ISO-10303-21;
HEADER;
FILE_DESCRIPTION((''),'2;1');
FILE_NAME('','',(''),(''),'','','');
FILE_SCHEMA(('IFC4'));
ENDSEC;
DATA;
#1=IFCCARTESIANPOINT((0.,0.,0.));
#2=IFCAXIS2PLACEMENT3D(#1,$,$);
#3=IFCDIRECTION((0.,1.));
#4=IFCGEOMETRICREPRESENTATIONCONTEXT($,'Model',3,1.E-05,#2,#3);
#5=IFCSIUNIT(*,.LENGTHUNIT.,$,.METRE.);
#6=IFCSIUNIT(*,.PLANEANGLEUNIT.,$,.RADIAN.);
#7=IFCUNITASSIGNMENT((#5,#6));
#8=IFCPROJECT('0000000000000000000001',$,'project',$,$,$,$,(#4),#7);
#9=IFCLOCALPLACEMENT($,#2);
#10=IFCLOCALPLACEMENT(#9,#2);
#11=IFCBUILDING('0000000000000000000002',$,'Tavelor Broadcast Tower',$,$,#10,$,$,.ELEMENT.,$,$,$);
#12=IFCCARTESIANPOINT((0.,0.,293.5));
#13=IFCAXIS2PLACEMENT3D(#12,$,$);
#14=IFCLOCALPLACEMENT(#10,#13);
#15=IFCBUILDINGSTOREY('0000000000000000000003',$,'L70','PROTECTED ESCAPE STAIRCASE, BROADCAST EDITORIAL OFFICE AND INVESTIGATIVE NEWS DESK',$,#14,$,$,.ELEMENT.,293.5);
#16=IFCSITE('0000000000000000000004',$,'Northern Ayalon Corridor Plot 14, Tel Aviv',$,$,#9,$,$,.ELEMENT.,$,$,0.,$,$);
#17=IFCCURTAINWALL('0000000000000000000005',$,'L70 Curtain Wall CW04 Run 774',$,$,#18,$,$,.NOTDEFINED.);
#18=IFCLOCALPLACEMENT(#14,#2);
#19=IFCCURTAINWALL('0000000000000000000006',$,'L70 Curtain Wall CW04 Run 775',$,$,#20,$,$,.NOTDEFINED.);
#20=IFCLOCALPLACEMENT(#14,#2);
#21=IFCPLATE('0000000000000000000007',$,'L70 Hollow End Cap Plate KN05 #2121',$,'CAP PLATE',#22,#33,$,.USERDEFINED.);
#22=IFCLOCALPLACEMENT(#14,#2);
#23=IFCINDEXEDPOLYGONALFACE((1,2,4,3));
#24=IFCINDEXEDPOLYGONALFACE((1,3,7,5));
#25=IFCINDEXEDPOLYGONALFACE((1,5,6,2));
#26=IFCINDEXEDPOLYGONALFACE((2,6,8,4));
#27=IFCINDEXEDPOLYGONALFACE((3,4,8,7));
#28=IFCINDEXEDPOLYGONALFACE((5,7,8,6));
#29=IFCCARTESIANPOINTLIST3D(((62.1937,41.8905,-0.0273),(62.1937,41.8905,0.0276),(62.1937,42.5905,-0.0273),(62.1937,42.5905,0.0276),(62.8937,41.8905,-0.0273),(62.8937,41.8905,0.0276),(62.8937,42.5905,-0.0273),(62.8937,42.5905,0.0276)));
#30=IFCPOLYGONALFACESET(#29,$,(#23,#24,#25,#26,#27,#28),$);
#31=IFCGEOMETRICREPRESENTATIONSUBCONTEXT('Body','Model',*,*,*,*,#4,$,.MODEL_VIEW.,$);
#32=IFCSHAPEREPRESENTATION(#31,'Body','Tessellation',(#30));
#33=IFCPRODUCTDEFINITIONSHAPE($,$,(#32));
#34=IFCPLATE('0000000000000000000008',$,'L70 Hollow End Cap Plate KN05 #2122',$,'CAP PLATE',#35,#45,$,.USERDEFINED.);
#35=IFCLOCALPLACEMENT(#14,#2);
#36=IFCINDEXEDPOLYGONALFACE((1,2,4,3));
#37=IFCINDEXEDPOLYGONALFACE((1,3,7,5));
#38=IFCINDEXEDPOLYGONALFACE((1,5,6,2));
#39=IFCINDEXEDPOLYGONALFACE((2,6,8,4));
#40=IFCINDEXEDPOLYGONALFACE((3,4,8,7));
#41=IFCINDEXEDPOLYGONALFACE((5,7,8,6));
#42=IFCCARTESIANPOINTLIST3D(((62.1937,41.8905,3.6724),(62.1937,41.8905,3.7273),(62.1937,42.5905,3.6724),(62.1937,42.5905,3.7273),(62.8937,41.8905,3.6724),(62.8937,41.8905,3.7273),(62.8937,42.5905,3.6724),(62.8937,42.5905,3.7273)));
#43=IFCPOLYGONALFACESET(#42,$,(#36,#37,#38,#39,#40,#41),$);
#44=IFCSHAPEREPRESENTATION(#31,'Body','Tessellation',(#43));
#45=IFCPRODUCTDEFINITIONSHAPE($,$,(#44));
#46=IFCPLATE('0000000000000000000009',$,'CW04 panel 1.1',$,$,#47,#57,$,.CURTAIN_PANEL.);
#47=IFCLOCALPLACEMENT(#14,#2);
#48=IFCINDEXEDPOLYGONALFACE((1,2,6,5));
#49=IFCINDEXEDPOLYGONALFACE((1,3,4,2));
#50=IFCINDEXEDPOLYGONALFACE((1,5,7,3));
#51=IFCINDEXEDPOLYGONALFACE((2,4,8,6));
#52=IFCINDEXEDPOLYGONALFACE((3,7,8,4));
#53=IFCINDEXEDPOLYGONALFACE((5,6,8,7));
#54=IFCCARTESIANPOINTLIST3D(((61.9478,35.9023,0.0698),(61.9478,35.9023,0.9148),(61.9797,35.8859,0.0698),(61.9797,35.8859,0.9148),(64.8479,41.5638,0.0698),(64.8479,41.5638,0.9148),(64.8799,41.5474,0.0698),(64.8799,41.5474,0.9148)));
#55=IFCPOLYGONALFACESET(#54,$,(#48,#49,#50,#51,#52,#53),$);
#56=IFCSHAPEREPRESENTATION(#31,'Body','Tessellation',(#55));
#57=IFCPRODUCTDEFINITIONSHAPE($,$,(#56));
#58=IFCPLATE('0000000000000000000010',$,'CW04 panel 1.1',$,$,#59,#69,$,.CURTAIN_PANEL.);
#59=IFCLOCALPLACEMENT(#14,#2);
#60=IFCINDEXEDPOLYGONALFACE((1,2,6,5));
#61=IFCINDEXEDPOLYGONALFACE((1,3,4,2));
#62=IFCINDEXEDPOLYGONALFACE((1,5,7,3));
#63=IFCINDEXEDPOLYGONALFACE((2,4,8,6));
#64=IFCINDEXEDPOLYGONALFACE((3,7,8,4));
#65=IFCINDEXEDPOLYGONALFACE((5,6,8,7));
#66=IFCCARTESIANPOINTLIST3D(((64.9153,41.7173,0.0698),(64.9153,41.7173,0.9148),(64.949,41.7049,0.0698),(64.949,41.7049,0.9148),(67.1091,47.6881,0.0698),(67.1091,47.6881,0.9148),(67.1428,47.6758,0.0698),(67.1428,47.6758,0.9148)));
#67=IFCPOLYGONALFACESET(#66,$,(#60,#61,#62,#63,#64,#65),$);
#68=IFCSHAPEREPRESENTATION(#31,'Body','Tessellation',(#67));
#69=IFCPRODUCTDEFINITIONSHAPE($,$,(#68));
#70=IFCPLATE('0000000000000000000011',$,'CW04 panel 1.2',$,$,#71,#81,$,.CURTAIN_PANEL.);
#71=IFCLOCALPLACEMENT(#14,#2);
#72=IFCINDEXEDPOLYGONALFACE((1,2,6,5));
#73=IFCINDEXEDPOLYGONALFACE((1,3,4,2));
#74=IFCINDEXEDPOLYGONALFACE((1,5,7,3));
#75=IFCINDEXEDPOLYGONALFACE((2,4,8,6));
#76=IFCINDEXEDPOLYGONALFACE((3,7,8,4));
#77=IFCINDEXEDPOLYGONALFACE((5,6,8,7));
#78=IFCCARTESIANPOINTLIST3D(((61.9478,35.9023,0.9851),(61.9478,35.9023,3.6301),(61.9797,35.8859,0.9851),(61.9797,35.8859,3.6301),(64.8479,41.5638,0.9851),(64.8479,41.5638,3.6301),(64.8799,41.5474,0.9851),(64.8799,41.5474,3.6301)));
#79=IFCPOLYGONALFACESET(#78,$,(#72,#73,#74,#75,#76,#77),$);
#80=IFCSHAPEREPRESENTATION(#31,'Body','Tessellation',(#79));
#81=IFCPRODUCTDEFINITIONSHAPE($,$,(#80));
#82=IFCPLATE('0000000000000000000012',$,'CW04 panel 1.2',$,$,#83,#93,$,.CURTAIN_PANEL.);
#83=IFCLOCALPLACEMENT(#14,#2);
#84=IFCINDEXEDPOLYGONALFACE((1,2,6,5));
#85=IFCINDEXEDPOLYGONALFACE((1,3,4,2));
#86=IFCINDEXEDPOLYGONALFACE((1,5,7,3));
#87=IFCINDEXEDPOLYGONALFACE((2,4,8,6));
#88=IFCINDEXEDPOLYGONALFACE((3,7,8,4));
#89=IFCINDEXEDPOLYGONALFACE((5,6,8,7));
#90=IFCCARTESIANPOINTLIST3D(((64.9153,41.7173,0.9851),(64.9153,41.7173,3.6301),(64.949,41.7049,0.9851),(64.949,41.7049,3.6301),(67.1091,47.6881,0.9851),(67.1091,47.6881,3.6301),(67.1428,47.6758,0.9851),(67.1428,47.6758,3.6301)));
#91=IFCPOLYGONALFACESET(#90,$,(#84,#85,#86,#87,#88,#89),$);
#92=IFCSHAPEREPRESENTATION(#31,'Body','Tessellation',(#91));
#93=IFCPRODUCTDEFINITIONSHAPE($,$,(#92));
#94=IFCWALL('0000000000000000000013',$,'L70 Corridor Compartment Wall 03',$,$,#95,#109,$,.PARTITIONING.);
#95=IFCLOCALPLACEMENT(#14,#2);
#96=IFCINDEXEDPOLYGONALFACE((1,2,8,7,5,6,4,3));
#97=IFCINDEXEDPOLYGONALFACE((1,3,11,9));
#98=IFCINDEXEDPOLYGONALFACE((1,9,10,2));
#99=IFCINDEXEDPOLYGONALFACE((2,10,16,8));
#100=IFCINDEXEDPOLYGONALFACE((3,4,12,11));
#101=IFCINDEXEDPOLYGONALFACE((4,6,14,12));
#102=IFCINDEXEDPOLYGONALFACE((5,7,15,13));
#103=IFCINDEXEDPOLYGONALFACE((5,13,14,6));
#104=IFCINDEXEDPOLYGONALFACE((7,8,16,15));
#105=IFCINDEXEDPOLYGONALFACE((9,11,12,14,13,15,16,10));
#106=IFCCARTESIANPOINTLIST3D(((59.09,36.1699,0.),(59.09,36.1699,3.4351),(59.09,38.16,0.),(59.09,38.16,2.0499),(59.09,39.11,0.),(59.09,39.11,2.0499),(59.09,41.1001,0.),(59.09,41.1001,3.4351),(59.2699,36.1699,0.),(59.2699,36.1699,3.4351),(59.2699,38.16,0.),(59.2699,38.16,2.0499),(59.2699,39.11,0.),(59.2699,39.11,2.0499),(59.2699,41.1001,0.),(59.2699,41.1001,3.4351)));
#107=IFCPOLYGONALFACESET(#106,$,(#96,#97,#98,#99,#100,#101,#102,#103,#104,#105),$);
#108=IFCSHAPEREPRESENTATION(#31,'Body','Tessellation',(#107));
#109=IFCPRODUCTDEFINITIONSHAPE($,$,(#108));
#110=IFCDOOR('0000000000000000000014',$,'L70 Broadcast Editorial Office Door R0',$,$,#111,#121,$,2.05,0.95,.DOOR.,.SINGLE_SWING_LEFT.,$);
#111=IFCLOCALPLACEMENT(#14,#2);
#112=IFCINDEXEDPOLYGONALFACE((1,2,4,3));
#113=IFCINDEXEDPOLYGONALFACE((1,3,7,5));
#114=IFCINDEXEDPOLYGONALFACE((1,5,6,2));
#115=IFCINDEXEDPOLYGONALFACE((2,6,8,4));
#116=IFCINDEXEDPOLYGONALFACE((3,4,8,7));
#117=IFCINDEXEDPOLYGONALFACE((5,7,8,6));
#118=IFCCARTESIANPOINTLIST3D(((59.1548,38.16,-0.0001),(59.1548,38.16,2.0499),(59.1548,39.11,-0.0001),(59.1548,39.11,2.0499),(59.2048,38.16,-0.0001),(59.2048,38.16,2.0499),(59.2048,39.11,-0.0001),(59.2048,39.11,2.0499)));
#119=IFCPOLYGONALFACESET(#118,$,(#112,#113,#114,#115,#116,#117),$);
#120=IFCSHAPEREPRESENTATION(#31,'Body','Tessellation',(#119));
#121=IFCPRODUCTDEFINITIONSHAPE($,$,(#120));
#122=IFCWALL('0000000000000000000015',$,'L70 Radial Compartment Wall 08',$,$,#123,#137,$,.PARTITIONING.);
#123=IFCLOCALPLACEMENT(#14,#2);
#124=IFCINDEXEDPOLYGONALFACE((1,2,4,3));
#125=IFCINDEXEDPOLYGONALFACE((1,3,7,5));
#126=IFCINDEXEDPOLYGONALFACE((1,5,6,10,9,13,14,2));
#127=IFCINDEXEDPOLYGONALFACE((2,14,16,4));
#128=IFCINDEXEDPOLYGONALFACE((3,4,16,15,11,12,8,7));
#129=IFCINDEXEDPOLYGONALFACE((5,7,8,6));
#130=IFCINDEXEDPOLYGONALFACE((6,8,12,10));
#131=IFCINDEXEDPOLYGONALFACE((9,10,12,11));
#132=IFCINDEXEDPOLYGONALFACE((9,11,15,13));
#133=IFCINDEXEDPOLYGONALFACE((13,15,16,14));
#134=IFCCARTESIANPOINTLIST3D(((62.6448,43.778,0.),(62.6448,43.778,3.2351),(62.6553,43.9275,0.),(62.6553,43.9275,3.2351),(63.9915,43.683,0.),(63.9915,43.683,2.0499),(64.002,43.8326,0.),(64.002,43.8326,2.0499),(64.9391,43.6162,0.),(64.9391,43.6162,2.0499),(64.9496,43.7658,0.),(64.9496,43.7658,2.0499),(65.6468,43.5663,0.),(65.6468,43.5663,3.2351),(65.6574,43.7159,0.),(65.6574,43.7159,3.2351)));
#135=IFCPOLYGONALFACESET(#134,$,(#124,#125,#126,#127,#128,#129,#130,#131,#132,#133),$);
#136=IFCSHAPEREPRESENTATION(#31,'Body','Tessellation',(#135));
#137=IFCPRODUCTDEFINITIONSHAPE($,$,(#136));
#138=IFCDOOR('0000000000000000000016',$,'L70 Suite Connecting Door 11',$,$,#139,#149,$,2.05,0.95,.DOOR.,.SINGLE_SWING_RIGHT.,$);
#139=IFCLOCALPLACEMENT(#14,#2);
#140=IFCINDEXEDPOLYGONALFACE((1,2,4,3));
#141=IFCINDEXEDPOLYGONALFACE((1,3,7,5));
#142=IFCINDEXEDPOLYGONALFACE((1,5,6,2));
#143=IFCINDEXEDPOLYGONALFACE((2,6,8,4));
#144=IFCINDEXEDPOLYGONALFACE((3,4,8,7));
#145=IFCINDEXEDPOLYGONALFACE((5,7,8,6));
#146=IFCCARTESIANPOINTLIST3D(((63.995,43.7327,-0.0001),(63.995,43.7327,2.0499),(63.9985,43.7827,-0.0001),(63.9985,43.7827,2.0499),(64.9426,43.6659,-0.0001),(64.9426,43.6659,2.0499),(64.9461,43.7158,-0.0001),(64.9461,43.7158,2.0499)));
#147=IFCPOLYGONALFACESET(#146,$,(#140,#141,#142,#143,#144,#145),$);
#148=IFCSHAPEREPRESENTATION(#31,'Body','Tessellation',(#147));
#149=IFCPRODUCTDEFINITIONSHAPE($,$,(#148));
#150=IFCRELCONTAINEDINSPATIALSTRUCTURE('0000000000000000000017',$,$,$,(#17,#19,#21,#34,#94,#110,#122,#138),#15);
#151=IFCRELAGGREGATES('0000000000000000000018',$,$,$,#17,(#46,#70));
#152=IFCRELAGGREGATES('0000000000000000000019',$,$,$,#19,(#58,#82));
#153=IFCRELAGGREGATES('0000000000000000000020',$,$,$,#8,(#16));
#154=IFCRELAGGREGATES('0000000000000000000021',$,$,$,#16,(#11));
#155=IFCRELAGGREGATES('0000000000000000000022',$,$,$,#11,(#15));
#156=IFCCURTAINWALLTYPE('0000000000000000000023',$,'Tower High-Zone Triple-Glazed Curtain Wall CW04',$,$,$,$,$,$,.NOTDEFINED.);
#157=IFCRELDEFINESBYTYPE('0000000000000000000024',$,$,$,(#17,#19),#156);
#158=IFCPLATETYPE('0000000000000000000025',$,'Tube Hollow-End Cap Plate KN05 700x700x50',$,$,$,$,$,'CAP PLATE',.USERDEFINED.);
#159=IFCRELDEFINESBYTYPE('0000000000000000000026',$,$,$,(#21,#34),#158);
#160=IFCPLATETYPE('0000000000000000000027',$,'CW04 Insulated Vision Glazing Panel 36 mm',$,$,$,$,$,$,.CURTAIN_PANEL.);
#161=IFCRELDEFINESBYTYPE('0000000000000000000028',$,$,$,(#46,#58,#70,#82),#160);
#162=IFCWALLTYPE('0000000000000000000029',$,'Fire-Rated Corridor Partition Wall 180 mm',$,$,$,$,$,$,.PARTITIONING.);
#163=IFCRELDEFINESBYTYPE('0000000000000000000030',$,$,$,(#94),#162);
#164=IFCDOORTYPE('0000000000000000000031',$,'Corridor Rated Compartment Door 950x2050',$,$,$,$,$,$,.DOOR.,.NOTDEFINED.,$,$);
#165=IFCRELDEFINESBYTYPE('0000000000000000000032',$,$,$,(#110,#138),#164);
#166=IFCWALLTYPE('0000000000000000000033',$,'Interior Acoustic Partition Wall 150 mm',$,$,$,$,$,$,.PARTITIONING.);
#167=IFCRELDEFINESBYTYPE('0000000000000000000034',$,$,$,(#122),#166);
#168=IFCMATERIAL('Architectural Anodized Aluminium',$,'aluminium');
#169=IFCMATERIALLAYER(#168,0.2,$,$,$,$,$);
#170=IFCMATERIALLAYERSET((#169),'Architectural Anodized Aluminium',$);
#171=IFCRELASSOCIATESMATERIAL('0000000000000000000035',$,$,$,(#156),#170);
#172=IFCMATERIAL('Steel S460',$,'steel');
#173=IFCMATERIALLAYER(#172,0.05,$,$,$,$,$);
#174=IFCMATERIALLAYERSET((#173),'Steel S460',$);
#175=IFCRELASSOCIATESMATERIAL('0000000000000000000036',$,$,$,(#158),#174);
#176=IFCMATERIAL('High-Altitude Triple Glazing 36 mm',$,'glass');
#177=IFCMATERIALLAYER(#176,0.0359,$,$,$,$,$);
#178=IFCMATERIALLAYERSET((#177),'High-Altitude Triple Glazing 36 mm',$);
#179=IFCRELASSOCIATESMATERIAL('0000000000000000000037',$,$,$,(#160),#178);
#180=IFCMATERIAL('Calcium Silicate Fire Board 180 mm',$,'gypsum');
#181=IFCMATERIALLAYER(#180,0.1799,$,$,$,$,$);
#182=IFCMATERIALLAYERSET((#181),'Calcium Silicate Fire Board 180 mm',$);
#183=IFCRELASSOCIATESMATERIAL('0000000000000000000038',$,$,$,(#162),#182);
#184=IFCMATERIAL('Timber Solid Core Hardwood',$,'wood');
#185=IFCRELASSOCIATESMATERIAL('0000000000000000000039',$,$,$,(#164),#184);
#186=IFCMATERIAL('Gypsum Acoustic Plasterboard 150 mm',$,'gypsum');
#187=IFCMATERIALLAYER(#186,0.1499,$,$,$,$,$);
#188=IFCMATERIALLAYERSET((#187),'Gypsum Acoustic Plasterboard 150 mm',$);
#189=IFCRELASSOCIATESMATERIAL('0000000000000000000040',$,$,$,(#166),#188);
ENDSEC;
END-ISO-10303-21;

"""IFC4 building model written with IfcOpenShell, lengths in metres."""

from ifc_helpers import new_model, si_unit, direction, frame, frame_2d, origin, origin_2d, place, context, subcontext, project, spatial, rectangle, extrude, source, transform, mapped, material, layer, layer_set, type_object, type_shapes, element, fill, aggregate, save


model = new_model("IFC4")

# Units and contexts
model_context = context("Model", 3, precision=1e-05, world=origin(), true_north=direction((0.0, 1.0)))
body_context = subcontext(model_context, "Body", "Model", "MODEL_VIEW")
ifc_project = project(units=[si_unit("LENGTHUNIT", "METRE"), si_unit("PLANEANGLEUNIT", "RADIAN")], contexts=[model_context])

# Site, building, storey
site_placement = place(None, origin())
site = spatial("IfcSite", under=ifc_project, at=site_placement, Name="Northern Ayalon Corridor Plot 14, Tel Aviv", CompositionType="ELEMENT", RefElevation=0.0)
building_placement = place(site_placement, origin())
building = spatial("IfcBuilding", under=site, at=building_placement, Name="Tavelor Broadcast Tower", CompositionType="ELEMENT")
storey_placement = place(building_placement, frame((0.0, 0.0, 293.5)))
storey = spatial("IfcBuildingStorey", under=building, at=storey_placement, Name="L70", Description="PROTECTED ESCAPE STAIRCASE, BROADCAST EDITORIAL OFFICE AND INVESTIGATIVE NEWS DESK", CompositionType="ELEMENT", Elevation=293.5)

# Shared definitions
ifc_material_1 = material(Name="Steel S460", Category="steel")

# Curtain wall
ifc_material_2 = material(Name="Architectural Anodized Aluminium", Category="aluminium")
ifc_layer_1 = layer(ifc_material_2, 0.2)
ifc_layer_set_1 = layer_set([ifc_layer_1], Name="Architectural Anodized Aluminium")
curtain_wall_type = type_object("IfcCurtainWallType", Name="Tower High-Zone Triple-Glazed Curtain Wall CW04", PredefinedType="NOTDEFINED", material=ifc_layer_set_1)
curtain_wall_1_placement = place(storey_placement, origin())
curtain_wall_1 = element("IfcCurtainWall", 1, at=curtain_wall_1_placement, inside=storey, type_object=curtain_wall_type, Name="L70 Curtain Wall CW04 Run 774", PredefinedType="NOTDEFINED")

# Curtain wall
curtain_wall_2_placement = place(storey_placement, origin())
curtain_wall_2 = element("IfcCurtainWall", 2, at=curtain_wall_2_placement, inside=storey, type_object=curtain_wall_type, Name="L70 Curtain Wall CW04 Run 775", PredefinedType="NOTDEFINED")

# Plates
ifc_layer_2 = layer(ifc_material_1, 0.05)
ifc_layer_set_2 = layer_set([ifc_layer_2], Name="Steel S460")
plate_type_1 = type_object("IfcPlateType", Name="Tube Hollow-End Cap Plate KN05 700x700x50", ElementType="CAP PLATE", PredefinedType="USERDEFINED", material=ifc_layer_set_2)
shared_shape_1 = source(origin(), body_context, "Body", "SweptSolid", [
    extrude(rectangle(XDim=0.7, YDim=0.7, at=origin_2d()), origin(), (0.0, 0.0, 1.0), 0.0549),
])
type_shapes(plate_type_1, [shared_shape_1])
for number, where, z_axis, x_axis, name in (
    (3, (62.5437, 42.2405, -0.0273), (0.0, 0.0, 1.0), (1.0, 0.0, 0.0), "L70 Hollow End Cap Plate KN05 #2121"),
    (4, (62.5437, 42.2405, 3.6724), (0.0, 0.0, 1.0), (1.0, 0.0, 0.0), "L70 Hollow End Cap Plate KN05 #2122"),
):
    element("IfcPlate", number, at=place(storey_placement, frame(where, z_axis=z_axis, x_axis=x_axis)), inside=storey, type_object=plate_type_1, Name=name, ObjectType="CAP PLATE", PredefinedType="USERDEFINED", context=body_context, shape_type="MappedRepresentation", body=[
        mapped(shared_shape_1, transform((0.0, 0.0, 0.0), scale=1.0)),
    ])

# Plates
ifc_material_3 = material(Name="High-Altitude Triple Glazing 36 mm", Category="glass")
ifc_layer_3 = layer(ifc_material_3, 0.0359)
ifc_layer_set_3 = layer_set([ifc_layer_3], Name="High-Altitude Triple Glazing 36 mm")
plate_type_2 = type_object("IfcPlateType", Name="CW04 Insulated Vision Glazing Panel 36 mm", PredefinedType="CURTAIN_PANEL", material=ifc_layer_set_3)
shared_shape_2 = source(origin(), body_context, "Body", "SweptSolid", [
    extrude(rectangle(XDim=6.3611, YDim=0.0359, at=origin_2d()), origin(), (0.0, 0.0, 1.0), 0.845),
])
plate_1_placement = place(storey_placement, frame((63.4138, 38.7249, 0.0698), z_axis=(0.0, 0.0, 1.0), x_axis=(0.455923, 0.890019, 0.0)))
plate_1 = element("IfcPlate", 5, at=plate_1_placement, type_object=plate_type_2, Name="CW04 panel 1.1", PredefinedType="CURTAIN_PANEL", context=body_context, shape_type="MappedRepresentation", body=[
    mapped(shared_shape_2, transform((0.0, 0.0, 0.0), scale=1.0)),
])
plate_2_placement = place(storey_placement, frame((66.0291, 44.6965, 0.0698), z_axis=(0.0, 0.0, 1.0), x_axis=(0.344877, 0.938648, 0.0)))
plate_2 = element("IfcPlate", 6, at=plate_2_placement, type_object=plate_type_2, Name="CW04 panel 1.1", PredefinedType="CURTAIN_PANEL", context=body_context, shape_type="MappedRepresentation", body=[
    mapped(shared_shape_2, transform((0.0, 0.0, 0.0), scale=1.0)),
])
shared_shape_3 = source(origin(), body_context, "Body", "SweptSolid", [
    extrude(rectangle(XDim=6.3611, YDim=0.0359, at=origin_2d()), origin(), (0.0, 0.0, 1.0), 2.645),
])
type_shapes(plate_type_2, [shared_shape_2, shared_shape_3])
plate_3_placement = place(storey_placement, frame((63.4138, 38.7249, 0.9851), z_axis=(0.0, 0.0, 1.0), x_axis=(0.455923, 0.890019, 0.0)))
plate_3 = element("IfcPlate", 7, at=plate_3_placement, type_object=plate_type_2, Name="CW04 panel 1.2", PredefinedType="CURTAIN_PANEL", context=body_context, shape_type="MappedRepresentation", body=[
    mapped(shared_shape_3, transform((0.0, 0.0, 0.0), scale=1.0)),
])
aggregate(curtain_wall_1, [plate_1, plate_3])
plate_4_placement = place(storey_placement, frame((66.0291, 44.6965, 0.9851), z_axis=(0.0, 0.0, 1.0), x_axis=(0.344877, 0.938648, 0.0)))
plate_4 = element("IfcPlate", 8, at=plate_4_placement, type_object=plate_type_2, Name="CW04 panel 1.2", PredefinedType="CURTAIN_PANEL", context=body_context, shape_type="MappedRepresentation", body=[
    mapped(shared_shape_3, transform((0.0, 0.0, 0.0), scale=1.0)),
])
aggregate(curtain_wall_2, [plate_2, plate_4])

# Walls, openings, doors
ifc_material_4 = material(Name="Calcium Silicate Fire Board 180 mm", Category="gypsum")
ifc_layer_4 = layer(ifc_material_4, 0.1799)
ifc_layer_set_4 = layer_set([ifc_layer_4], Name="Calcium Silicate Fire Board 180 mm")
wall_type_1 = type_object("IfcWallType", Name="Fire-Rated Corridor Partition Wall 180 mm", PredefinedType="PARTITIONING", material=ifc_layer_set_4)
wall_1_placement = place(storey_placement, frame((59.1799, 41.1001, 0.0), z_axis=(0.0, 0.0, 1.0), x_axis=(0.0, -1.0, 0.0)))
wall_1 = element("IfcWall", 9, at=wall_1_placement, inside=storey, type_object=wall_type_1, Name="L70 Corridor Compartment Wall 03", PredefinedType="PARTITIONING", context=body_context, shape_type="SweptSolid", body=[
    extrude(rectangle(XDim=4.9302, YDim=0.1799, at=frame_2d((2.4651, 0.0))), origin(), (0.0, 0.0, 1.0), 3.4351),
])
opening_1_placement = place(wall_1_placement, frame((1.99, 0.0, 0.0)))
opening_1 = element("IfcOpeningElement", 10, at=opening_1_placement, cuts=wall_1, PredefinedType="OPENING", context=body_context, shape_type="SweptSolid", body=[
    extrude(rectangle(XDim=0.95, YDim=2.05, at=frame_2d((0.4751, 1.0249))), frame((0.0, 0.1001, 0.0), z_axis=(0.0, -1.0, 0.0), x_axis=(1.0, 0.0, 0.0)), (0.0, 0.0, 1.0), 0.2),
])
ifc_material_5 = material(Name="Timber Solid Core Hardwood", Category="wood")
door_type_1 = type_object("IfcDoorType", Name="Corridor Rated Compartment Door 950x2050", OperationType="NOTDEFINED", PredefinedType="DOOR", material=ifc_material_5)
door_1_placement = place(opening_1_placement, origin())
door_1 = element("IfcDoor", 11, at=door_1_placement, inside=storey, type_object=door_type_1, Name="L70 Broadcast Editorial Office Door R0", OperationType="SINGLE_SWING_LEFT", OverallHeight=2.05, OverallWidth=0.95, PredefinedType="DOOR", context=body_context, shape_type="SweptSolid", body=[
    extrude(rectangle(XDim=0.95, YDim=2.05, at=frame_2d((0.4751, 1.0249))), frame((0.0, 0.0249, 0.0), z_axis=(0.0, -1.0, 0.0), x_axis=(1.0, 0.0, 0.0)), (0.0, 0.0, 1.0), 0.05),
])
fill(opening_1, door_1)
ifc_material_6 = material(Name="Gypsum Acoustic Plasterboard 150 mm", Category="gypsum")
ifc_layer_5 = layer(ifc_material_6, 0.1499)
ifc_layer_set_5 = layer_set([ifc_layer_5], Name="Gypsum Acoustic Plasterboard 150 mm")
wall_type_2 = type_object("IfcWallType", Name="Interior Acoustic Partition Wall 150 mm", PredefinedType="PARTITIONING", material=ifc_layer_set_5)
wall_2_placement = place(storey_placement, frame((62.6499, 43.8528, 0.0), z_axis=(0.0, 0.0, 1.0), x_axis=(0.997523, -0.070336, 0.0)))
wall_2 = element("IfcWall", 12, at=wall_2_placement, inside=storey, type_object=wall_type_2, Name="L70 Radial Compartment Wall 08", PredefinedType="PARTITIONING", context=body_context, shape_type="SweptSolid", body=[
    extrude(rectangle(XDim=3.0095, YDim=0.1499, at=frame_2d((1.5049, 0.0))), origin(), (0.0, 0.0, 1.0), 3.2351),
])
opening_2_placement = place(wall_2_placement, frame((1.3501, 0.0, 0.0)))
opening_2 = element("IfcOpeningElement", 13, at=opening_2_placement, cuts=wall_2, PredefinedType="OPENING", context=body_context, shape_type="SweptSolid", body=[
    extrude(rectangle(XDim=0.95, YDim=2.05, at=frame_2d((0.4751, 1.0249))), frame((0.0, 0.085, 0.0), z_axis=(0.0, -1.0, 0.0), x_axis=(1.0, 0.0, 0.0)), (0.0, 0.0, 1.0), 0.1699),
])
door_2_placement = place(opening_2_placement, origin())
door_2 = element("IfcDoor", 14, at=door_2_placement, inside=storey, type_object=door_type_1, Name="L70 Suite Connecting Door 11", OperationType="SINGLE_SWING_RIGHT", OverallHeight=2.05, OverallWidth=0.95, PredefinedType="DOOR", context=body_context, shape_type="SweptSolid", body=[
    extrude(rectangle(XDim=0.95, YDim=2.05, at=frame_2d((0.4751, 1.0249))), frame((0.0, 0.0249, 0.0), z_axis=(0.0, -1.0, 0.0), x_axis=(1.0, 0.0, 0.0)), (0.0, 0.0, 1.0), 0.05),
])
fill(opening_2, door_2)

save(model, "model.ifc")
